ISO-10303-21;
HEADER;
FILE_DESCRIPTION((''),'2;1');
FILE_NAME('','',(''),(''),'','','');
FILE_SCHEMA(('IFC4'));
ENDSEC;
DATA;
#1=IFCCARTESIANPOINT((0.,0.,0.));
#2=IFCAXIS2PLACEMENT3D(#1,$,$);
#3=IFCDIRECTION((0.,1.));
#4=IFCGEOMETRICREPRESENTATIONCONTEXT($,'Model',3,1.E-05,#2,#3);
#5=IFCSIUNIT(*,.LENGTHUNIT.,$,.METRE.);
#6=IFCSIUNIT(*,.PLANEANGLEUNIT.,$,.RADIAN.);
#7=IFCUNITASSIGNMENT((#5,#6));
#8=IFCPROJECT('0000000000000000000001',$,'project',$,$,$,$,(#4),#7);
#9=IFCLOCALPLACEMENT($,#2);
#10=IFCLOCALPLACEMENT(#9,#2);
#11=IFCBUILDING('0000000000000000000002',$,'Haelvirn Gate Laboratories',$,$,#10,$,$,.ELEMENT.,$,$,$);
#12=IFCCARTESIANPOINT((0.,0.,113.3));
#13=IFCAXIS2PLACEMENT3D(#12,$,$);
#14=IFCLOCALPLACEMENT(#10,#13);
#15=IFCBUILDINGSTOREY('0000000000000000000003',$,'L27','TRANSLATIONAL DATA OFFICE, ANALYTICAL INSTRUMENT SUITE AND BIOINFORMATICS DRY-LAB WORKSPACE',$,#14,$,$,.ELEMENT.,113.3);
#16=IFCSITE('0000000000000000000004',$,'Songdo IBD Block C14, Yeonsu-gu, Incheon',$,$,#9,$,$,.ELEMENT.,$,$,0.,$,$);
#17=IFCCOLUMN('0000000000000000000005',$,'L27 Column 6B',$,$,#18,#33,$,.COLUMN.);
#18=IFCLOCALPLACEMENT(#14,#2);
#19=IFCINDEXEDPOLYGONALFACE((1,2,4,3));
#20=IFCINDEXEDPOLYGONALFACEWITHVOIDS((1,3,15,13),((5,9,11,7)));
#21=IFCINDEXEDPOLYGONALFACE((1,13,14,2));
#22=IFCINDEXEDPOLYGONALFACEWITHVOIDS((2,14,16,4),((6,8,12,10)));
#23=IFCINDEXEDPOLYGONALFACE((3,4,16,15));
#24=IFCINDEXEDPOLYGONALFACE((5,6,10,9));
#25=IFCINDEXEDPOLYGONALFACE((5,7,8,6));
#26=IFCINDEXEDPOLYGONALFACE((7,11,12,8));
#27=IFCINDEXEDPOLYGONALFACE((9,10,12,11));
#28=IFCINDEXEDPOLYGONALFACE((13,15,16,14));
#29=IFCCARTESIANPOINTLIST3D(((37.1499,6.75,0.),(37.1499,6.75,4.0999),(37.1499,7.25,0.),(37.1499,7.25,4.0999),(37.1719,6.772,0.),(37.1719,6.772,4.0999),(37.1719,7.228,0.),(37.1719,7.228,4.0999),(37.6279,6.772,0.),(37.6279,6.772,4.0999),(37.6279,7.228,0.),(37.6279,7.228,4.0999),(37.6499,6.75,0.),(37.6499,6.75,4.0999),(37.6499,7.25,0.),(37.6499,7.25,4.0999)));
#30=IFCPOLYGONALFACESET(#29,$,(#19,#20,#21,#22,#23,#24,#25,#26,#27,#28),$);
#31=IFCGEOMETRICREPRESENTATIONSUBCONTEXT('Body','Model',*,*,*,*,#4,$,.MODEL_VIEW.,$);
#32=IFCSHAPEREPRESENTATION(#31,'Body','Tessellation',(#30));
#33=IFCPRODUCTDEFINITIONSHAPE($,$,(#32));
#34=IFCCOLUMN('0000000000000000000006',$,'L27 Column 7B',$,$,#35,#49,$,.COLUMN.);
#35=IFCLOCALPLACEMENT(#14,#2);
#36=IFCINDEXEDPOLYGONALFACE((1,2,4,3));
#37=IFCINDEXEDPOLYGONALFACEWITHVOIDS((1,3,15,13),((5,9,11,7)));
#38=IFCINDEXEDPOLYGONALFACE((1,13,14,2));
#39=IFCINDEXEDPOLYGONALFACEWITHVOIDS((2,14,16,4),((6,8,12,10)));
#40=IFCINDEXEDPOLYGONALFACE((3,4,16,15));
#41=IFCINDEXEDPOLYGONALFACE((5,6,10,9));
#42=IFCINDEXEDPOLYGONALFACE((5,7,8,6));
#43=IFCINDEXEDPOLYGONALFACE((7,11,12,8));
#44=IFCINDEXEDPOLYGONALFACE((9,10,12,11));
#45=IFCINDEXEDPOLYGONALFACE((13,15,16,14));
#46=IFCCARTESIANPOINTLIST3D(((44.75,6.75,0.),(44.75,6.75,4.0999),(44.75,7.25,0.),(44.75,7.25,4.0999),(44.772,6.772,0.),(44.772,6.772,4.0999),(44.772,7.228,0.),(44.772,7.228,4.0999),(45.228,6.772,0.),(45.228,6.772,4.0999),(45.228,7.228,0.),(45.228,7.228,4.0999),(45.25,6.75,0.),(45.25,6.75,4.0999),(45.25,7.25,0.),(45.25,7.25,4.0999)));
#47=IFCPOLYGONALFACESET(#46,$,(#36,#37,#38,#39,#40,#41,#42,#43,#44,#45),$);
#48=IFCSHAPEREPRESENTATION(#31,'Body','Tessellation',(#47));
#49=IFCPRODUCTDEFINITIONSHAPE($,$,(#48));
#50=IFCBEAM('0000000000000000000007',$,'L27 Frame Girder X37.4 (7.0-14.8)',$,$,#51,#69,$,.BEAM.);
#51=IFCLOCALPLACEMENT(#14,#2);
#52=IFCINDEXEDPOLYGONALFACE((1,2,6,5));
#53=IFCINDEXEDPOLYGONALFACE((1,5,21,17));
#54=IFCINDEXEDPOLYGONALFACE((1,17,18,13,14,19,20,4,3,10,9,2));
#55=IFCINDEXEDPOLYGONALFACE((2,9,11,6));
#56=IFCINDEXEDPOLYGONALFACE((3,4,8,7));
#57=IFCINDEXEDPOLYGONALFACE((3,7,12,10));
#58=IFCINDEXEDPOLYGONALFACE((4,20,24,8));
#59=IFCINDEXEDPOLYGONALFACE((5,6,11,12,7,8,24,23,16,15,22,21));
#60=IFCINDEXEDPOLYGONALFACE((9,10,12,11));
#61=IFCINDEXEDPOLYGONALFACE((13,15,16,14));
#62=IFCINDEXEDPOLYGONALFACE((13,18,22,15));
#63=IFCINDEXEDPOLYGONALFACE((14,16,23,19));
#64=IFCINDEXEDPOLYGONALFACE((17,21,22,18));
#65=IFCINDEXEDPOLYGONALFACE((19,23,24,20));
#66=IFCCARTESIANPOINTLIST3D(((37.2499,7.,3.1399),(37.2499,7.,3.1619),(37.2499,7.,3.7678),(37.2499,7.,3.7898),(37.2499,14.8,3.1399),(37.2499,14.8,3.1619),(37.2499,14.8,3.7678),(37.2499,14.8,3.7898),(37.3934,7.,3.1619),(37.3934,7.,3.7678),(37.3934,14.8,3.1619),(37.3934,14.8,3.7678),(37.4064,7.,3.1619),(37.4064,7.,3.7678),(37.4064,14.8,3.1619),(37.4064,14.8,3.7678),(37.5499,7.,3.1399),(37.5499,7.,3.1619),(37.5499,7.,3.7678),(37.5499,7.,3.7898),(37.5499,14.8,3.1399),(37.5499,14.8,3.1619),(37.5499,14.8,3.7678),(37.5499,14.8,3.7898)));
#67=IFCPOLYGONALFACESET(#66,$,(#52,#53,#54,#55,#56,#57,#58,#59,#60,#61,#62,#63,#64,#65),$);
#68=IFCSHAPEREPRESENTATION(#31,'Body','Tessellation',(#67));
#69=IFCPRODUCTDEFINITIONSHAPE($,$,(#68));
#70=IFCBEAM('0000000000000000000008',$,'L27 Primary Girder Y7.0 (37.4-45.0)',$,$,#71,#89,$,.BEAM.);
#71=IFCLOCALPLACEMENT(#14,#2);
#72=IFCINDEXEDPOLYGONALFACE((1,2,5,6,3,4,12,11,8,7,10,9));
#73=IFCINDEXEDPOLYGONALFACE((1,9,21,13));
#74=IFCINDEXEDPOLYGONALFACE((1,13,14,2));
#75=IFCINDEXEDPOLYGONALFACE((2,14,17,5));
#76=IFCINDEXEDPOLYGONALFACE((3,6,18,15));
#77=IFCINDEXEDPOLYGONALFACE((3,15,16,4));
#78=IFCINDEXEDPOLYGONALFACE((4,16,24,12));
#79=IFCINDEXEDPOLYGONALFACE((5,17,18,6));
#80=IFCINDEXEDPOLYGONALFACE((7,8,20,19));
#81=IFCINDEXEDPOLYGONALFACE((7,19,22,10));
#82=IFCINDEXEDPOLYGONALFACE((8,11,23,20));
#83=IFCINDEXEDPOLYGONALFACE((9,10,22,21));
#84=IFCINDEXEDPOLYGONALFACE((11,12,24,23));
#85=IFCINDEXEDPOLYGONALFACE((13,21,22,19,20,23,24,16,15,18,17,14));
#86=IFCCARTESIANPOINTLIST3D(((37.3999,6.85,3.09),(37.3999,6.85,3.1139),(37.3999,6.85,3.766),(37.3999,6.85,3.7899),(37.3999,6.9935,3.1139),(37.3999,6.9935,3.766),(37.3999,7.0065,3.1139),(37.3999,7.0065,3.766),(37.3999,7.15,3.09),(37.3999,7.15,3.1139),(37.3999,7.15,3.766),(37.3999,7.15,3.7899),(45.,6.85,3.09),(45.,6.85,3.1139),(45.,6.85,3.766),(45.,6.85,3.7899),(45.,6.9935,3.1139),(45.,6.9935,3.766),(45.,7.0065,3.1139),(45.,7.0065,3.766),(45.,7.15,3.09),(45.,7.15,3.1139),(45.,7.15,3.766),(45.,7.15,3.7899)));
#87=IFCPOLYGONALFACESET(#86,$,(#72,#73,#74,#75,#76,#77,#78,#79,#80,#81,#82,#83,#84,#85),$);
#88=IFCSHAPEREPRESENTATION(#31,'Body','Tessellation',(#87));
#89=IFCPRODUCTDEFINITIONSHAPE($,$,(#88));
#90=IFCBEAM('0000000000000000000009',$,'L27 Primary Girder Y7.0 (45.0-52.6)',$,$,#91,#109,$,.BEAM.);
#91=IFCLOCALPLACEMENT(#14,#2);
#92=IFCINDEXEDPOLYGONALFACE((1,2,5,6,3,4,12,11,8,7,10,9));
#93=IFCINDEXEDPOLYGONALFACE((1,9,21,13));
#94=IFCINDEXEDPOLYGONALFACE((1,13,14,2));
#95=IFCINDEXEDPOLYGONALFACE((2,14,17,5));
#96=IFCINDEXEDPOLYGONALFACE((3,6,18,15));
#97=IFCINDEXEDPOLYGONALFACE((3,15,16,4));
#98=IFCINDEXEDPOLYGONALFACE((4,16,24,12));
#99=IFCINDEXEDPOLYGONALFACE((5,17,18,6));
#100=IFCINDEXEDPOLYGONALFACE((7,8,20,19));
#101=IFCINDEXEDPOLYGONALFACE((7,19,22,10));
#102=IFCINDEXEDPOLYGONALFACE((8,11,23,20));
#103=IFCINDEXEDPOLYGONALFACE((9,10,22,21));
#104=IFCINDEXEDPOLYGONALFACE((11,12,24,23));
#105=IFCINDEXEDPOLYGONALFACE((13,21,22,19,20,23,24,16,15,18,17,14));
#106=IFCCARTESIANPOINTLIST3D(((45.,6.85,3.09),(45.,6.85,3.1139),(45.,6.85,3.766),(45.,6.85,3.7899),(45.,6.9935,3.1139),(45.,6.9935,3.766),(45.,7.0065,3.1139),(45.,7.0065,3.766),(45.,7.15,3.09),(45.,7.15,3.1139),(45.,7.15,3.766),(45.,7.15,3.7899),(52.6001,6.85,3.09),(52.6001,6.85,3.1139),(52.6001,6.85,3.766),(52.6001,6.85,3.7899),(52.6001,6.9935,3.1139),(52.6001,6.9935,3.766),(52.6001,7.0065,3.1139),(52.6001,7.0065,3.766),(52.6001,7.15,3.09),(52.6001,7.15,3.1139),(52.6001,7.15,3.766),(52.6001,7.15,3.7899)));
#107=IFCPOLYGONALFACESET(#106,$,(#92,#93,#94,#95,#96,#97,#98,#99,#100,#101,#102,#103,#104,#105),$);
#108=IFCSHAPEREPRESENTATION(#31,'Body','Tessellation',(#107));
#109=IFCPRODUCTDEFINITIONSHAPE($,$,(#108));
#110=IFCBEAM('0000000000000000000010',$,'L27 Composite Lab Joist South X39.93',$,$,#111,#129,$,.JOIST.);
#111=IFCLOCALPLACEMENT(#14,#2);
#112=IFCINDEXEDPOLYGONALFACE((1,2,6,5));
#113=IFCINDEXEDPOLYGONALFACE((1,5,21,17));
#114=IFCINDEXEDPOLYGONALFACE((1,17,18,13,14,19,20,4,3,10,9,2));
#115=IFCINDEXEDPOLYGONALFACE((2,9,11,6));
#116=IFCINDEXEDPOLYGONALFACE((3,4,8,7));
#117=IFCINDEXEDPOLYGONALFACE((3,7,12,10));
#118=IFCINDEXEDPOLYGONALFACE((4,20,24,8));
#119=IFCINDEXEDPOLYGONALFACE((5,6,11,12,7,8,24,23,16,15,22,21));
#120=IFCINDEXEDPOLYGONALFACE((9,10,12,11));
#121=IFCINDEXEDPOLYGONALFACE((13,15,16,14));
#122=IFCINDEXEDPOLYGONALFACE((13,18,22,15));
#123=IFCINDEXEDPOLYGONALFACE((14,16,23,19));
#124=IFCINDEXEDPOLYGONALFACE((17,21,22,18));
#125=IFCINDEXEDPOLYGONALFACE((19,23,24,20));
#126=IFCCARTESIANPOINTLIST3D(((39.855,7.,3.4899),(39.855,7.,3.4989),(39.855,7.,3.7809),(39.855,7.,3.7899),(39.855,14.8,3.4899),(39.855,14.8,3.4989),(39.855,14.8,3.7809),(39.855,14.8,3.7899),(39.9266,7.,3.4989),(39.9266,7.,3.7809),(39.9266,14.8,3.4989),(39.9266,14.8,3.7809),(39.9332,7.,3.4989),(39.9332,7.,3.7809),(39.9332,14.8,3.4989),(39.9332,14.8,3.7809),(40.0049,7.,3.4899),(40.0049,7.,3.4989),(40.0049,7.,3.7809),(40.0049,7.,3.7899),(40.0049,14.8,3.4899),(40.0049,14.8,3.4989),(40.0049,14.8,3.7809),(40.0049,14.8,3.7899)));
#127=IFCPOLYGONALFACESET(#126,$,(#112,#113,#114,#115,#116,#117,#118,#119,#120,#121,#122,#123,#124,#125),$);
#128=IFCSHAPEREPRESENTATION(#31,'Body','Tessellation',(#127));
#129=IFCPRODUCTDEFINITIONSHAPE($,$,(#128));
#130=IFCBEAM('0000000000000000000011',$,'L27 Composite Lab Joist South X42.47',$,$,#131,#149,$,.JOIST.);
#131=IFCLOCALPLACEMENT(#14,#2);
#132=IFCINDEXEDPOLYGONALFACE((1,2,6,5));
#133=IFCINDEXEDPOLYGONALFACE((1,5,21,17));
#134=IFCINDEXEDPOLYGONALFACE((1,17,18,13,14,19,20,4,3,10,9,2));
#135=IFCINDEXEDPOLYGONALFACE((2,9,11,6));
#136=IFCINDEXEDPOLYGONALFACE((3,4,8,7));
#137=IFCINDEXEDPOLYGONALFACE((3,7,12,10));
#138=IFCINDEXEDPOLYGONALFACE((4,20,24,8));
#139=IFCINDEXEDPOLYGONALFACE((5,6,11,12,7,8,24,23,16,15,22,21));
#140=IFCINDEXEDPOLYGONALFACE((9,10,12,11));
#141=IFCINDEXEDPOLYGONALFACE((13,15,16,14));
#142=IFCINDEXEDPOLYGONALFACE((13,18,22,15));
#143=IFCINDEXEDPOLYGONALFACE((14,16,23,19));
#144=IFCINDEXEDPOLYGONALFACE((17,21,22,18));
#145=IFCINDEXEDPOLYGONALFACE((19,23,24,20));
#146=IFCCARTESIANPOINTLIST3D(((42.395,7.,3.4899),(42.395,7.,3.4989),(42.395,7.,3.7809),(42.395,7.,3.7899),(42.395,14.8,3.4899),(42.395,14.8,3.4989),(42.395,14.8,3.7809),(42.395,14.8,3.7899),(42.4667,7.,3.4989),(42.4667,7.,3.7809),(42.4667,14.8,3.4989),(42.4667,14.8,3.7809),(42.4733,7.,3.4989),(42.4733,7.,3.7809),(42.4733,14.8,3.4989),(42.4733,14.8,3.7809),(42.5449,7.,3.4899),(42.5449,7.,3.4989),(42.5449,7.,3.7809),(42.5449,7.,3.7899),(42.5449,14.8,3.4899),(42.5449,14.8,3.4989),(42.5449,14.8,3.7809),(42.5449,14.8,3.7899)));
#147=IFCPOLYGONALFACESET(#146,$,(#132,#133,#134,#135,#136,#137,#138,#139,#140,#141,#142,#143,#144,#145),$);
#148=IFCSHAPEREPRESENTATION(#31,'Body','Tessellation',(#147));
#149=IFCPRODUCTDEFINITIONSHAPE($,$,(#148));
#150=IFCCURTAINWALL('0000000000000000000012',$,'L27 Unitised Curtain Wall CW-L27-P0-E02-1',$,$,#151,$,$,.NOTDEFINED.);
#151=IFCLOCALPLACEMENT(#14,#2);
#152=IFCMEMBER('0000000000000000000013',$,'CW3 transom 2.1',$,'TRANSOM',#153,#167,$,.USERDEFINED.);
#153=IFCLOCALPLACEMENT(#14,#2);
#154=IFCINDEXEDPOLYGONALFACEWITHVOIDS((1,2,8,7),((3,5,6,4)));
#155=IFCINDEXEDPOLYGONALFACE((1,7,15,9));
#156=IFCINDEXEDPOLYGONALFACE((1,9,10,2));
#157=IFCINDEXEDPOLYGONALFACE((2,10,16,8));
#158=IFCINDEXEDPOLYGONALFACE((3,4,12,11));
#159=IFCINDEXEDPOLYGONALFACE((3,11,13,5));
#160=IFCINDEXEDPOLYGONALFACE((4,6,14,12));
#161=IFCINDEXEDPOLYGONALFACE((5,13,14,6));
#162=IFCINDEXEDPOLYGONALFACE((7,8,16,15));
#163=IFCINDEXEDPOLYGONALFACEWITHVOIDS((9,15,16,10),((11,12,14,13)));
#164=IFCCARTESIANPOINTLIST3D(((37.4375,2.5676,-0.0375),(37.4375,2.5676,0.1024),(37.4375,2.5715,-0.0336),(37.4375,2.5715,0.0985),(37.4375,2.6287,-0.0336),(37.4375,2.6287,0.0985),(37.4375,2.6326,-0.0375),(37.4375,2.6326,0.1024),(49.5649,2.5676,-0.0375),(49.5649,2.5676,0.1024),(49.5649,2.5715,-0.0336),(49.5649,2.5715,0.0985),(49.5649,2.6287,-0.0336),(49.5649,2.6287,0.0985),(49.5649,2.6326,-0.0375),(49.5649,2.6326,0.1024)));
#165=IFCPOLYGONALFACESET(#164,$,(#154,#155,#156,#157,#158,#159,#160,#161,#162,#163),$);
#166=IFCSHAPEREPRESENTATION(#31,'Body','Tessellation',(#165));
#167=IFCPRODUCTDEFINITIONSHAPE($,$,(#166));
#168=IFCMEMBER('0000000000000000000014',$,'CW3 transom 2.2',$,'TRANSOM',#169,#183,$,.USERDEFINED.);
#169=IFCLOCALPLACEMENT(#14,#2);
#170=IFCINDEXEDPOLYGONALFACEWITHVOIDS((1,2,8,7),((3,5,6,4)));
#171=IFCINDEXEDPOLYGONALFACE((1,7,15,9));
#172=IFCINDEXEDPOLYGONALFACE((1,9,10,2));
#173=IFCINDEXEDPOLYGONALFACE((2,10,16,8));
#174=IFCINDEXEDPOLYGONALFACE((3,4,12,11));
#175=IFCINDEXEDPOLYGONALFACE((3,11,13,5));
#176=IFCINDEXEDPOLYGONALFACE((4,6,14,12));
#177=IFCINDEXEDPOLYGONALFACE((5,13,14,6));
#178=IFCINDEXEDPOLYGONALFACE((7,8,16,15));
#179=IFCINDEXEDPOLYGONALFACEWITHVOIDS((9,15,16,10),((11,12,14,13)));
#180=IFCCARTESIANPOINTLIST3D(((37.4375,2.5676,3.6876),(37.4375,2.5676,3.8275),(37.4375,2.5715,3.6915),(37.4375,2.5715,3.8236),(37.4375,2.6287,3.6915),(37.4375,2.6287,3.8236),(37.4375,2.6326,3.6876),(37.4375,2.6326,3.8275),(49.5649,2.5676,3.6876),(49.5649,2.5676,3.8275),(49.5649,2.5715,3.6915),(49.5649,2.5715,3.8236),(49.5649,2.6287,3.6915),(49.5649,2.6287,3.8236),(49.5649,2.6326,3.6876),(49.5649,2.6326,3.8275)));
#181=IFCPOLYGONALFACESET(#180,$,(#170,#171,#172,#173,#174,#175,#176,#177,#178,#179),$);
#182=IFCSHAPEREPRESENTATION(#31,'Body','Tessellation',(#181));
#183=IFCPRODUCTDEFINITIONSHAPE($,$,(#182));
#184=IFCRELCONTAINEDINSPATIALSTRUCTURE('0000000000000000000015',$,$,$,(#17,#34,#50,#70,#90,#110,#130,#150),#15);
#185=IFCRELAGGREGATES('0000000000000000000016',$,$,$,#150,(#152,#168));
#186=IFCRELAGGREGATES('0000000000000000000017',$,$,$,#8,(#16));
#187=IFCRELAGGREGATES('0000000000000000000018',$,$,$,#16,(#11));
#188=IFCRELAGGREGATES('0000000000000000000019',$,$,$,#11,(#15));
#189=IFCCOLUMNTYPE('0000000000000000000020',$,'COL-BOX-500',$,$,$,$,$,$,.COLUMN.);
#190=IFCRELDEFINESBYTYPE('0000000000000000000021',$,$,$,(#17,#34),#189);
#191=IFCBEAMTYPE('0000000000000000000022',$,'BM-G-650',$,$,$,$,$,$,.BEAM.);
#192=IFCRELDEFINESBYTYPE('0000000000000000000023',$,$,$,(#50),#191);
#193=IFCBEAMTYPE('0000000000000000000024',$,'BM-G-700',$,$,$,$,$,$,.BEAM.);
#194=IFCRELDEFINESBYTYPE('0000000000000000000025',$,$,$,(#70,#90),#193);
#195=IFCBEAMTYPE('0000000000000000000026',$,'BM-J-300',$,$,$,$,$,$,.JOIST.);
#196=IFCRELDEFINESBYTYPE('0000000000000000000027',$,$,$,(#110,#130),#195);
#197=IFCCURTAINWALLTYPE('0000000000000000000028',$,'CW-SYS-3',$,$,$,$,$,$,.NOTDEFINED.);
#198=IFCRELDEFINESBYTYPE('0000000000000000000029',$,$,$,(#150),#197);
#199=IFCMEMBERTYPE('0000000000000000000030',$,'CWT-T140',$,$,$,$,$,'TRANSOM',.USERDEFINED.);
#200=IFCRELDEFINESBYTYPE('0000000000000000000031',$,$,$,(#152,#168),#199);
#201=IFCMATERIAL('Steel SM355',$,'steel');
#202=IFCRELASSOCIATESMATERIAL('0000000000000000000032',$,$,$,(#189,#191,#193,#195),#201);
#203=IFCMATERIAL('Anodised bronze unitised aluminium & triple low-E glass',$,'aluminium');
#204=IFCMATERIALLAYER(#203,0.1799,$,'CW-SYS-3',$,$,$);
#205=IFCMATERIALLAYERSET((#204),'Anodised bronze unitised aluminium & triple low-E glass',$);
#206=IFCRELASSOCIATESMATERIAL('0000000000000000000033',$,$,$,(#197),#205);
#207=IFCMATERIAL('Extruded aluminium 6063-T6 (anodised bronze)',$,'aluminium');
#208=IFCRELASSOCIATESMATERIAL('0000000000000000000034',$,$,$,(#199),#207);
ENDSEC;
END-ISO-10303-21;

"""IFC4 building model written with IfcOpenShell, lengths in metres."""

from ifc_helpers import new_model, si_unit, direction, frame, origin, origin_2d, place, context, subcontext, project, spatial, hollow_rectangle, i_section, extrude, source, transform, mapped, material, layer, layer_set, material_profile, profile_set, type_object, type_shapes, element, aggregate, save


model = new_model("IFC4")

# Units and contexts
model_context = context("Model", 3, precision=1e-05, world=origin(), true_north=direction((0.0, 1.0)))
body_context = subcontext(model_context, "Body", "Model", "MODEL_VIEW")
ifc_project = project(units=[si_unit("LENGTHUNIT", "METRE"), si_unit("PLANEANGLEUNIT", "RADIAN")], contexts=[model_context])

# Site, building, storey
site_placement = place(None, origin())
site = spatial("IfcSite", under=ifc_project, at=site_placement, Name="Songdo IBD Block C14, Yeonsu-gu, Incheon", CompositionType="ELEMENT", RefElevation=0.0)
building_placement = place(site_placement, origin())
building = spatial("IfcBuilding", under=site, at=building_placement, Name="Haelvirn Gate Laboratories", CompositionType="ELEMENT")
storey_placement = place(building_placement, frame((0.0, 0.0, 113.3)))
storey = spatial("IfcBuildingStorey", under=building, at=storey_placement, Name="L27", Description="TRANSLATIONAL DATA OFFICE, ANALYTICAL INSTRUMENT SUITE AND BIOINFORMATICS DRY-LAB WORKSPACE", CompositionType="ELEMENT", Elevation=113.3)

# Columns
ifc_material_1 = material(Name="Steel SM355", Category="steel")
ifc_material_profile_1 = material_profile(ifc_material_1, hollow_rectangle(XDim=0.5, YDim=0.5, WallThickness=0.022, at=origin_2d()), Name="BOX-500x500x22")
ifc_profile_set_1 = profile_set([ifc_material_profile_1], Name="Steel SM355")
column_type = type_object("IfcColumnType", Name="COL-BOX-500", PredefinedType="COLUMN", material=ifc_profile_set_1)
shared_shape_1 = source(origin(), body_context, "Body", "SweptSolid", [
    extrude(hollow_rectangle(XDim=0.5, YDim=0.5, WallThickness=0.022, at=origin_2d()), origin(), (0.0, 0.0, 1.0), 4.0999),
])
type_shapes(column_type, [shared_shape_1])
for number, where, z_axis, x_axis, name in (
    (1, (37.3999, 7.0, 0.0), (0.0, 0.0, 1.0), (1.0, 0.0, 0.0), "L27 Column 6B"),
    (2, (45.0, 7.0, 0.0), (0.0, 0.0, 1.0), (1.0, 0.0, 0.0), "L27 Column 7B"),
):
    element("IfcColumn", number, at=place(storey_placement, frame(where, z_axis=z_axis, x_axis=x_axis)), inside=storey, type_object=column_type, Name=name, PredefinedType="COLUMN", context=body_context, shape_type="MappedRepresentation", body=[
        mapped(shared_shape_1, transform((0.0, 0.0, 0.0), scale=1.0)),
    ])

# Beams
ifc_material_profile_2 = material_profile(ifc_material_1, i_section(OverallWidth=0.3, OverallDepth=0.6499, WebThickness=0.0129, FlangeThickness=0.022, at=origin_2d()), Name="H-650x300x13x22")
ifc_profile_set_2 = profile_set([ifc_material_profile_2], Name="Steel SM355")
beam_type_1 = type_object("IfcBeamType", Name="BM-G-650", PredefinedType="BEAM", material=ifc_profile_set_2)
shared_shape_2 = source(origin(), body_context, "Body", "SweptSolid", [
    extrude(i_section(OverallWidth=0.3, OverallDepth=0.6499, WebThickness=0.0129, FlangeThickness=0.022, at=origin_2d()), origin(), (0.0, 0.0, 1.0), 7.8),
])
type_shapes(beam_type_1, [shared_shape_2])
beam_placement = place(storey_placement, frame((37.3999, 7.0, 3.4648), z_axis=(0.0, 1.0, 0.0), x_axis=(-1.0, 0.0, 0.0)))
element("IfcBeam", 3, at=beam_placement, inside=storey, type_object=beam_type_1, Name="L27 Frame Girder X37.4 (7.0-14.8)", PredefinedType="BEAM", context=body_context, shape_type="MappedRepresentation", body=[
    mapped(shared_shape_2, transform((0.0, 0.0, 0.0), scale=1.0)),
])
ifc_material_profile_3 = material_profile(ifc_material_1, i_section(OverallWidth=0.3, OverallDepth=0.7, WebThickness=0.0129, FlangeThickness=0.0239, at=origin_2d()), Name="H-700x300x13x24")
ifc_profile_set_3 = profile_set([ifc_material_profile_3], Name="Steel SM355")
beam_type_2 = type_object("IfcBeamType", Name="BM-G-700", PredefinedType="BEAM", material=ifc_profile_set_3)
shared_shape_3 = source(origin(), body_context, "Body", "SweptSolid", [
    extrude(i_section(OverallWidth=0.3, OverallDepth=0.7, WebThickness=0.0129, FlangeThickness=0.0239, at=origin_2d()), origin(), (0.0, 0.0, 1.0), 7.6001),
])
type_shapes(beam_type_2, [shared_shape_3])
for number, where, z_axis, x_axis, name in (
    (4, (37.3999, 7.0, 3.4399), (1.0, 0.0, 0.0), (0.0, 1.0, 0.0), "L27 Primary Girder Y7.0 (37.4-45.0)"),
    (5, (45.0, 7.0, 3.4399), (1.0, 0.0, 0.0), (0.0, 1.0, 0.0), "L27 Primary Girder Y7.0 (45.0-52.6)"),
):
    element("IfcBeam", number, at=place(storey_placement, frame(where, z_axis=z_axis, x_axis=x_axis)), inside=storey, type_object=beam_type_2, Name=name, PredefinedType="BEAM", context=body_context, shape_type="MappedRepresentation", body=[
        mapped(shared_shape_3, transform((0.0, 0.0, 0.0), scale=1.0)),
    ])
ifc_material_profile_4 = material_profile(ifc_material_1, i_section(OverallWidth=0.1499, OverallDepth=0.3, WebThickness=0.0066, FlangeThickness=0.009, at=origin_2d()), Name="H-300x150x6.5x9")
ifc_profile_set_4 = profile_set([ifc_material_profile_4], Name="Steel SM355")
beam_type_3 = type_object("IfcBeamType", Name="BM-J-300", PredefinedType="JOIST", material=ifc_profile_set_4)
shared_shape_4 = source(origin(), body_context, "Body", "SweptSolid", [
    extrude(i_section(OverallWidth=0.1499, OverallDepth=0.3, WebThickness=0.0066, FlangeThickness=0.009, at=origin_2d()), origin(), (0.0, 0.0, 1.0), 7.8),
])
type_shapes(beam_type_3, [shared_shape_4])
for number, where, z_axis, x_axis, name in (
    (6, (39.9299, 7.0, 3.6399), (0.0, 1.0, 0.0), (-1.0, 0.0, 0.0), "L27 Composite Lab Joist South X39.93"),
    (7, (42.47, 7.0, 3.6399), (0.0, 1.0, 0.0), (-1.0, 0.0, 0.0), "L27 Composite Lab Joist South X42.47"),
):
    element("IfcBeam", number, at=place(storey_placement, frame(where, z_axis=z_axis, x_axis=x_axis)), inside=storey, type_object=beam_type_3, Name=name, PredefinedType="JOIST", context=body_context, shape_type="MappedRepresentation", body=[
        mapped(shared_shape_4, transform((0.0, 0.0, 0.0), scale=1.0)),
    ])

# Curtain wall, members
ifc_material_2 = material(Name="Anodised bronze unitised aluminium & triple low-E glass", Category="aluminium")
ifc_layer_1 = layer(ifc_material_2, 0.1799, Name="CW-SYS-3")
ifc_layer_set_1 = layer_set([ifc_layer_1], Name="Anodised bronze unitised aluminium & triple low-E glass")
curtain_wall_type = type_object("IfcCurtainWallType", Name="CW-SYS-3", PredefinedType="NOTDEFINED", material=ifc_layer_set_1)
curtain_wall_1_placement = place(storey_placement, origin())
curtain_wall_1 = element("IfcCurtainWall", 8, at=curtain_wall_1_placement, inside=storey, type_object=curtain_wall_type, Name="L27 Unitised Curtain Wall CW-L27-P0-E02-1", PredefinedType="NOTDEFINED")
ifc_material_3 = material(Name="Extruded aluminium 6063-T6 (anodised bronze)", Category="aluminium")
ifc_material_profile_5 = material_profile(ifc_material_3, hollow_rectangle(XDim=0.0649, YDim=0.1399, WallThickness=0.0039, at=origin_2d()), Name="CWT-140x65x4")
ifc_profile_set_5 = profile_set([ifc_material_profile_5], Name="Extruded aluminium 6063-T6 (anodised bronze)")
member_type_1 = type_object("IfcMemberType", Name="CWT-T140", ElementType="TRANSOM", PredefinedType="USERDEFINED", material=ifc_profile_set_5)
shared_shape_5 = source(origin(), body_context, "Body", "SweptSolid", [
    extrude(hollow_rectangle(XDim=0.0649, YDim=0.1399, WallThickness=0.0039, at=origin_2d()), origin(), (0.0, 0.0, 1.0), 12.1274),
])
member_1_placement = place(storey_placement, frame((37.4375, 2.6001, 0.0325), z_axis=(1.0, 0.0, 0.0), x_axis=(0.0, 1.0, 0.0)))
member_1 = element("IfcMember", 9, at=member_1_placement, type_object=member_type_1, Name="CW3 transom 2.1", ObjectType="TRANSOM", PredefinedType="USERDEFINED", context=body_context, shape_type="MappedRepresentation", body=[
    mapped(shared_shape_5, transform((0.0, 0.0, 0.0), scale=1.0)),
])
member_2_placement = place(storey_placement, frame((37.4375, 2.6001, 3.7576), z_axis=(1.0, 0.0, 0.0), x_axis=(0.0, 1.0, 0.0)))
member_2 = element("IfcMember", 10, at=member_2_placement, type_object=member_type_1, Name="CW3 transom 2.2", ObjectType="TRANSOM", PredefinedType="USERDEFINED", context=body_context, shape_type="MappedRepresentation", body=[
    mapped(shared_shape_5, transform((0.0, 0.0, 0.0), scale=1.0)),
])

aggregate(curtain_wall_1, [member_1, member_2])

save(model, "model.ifc")
